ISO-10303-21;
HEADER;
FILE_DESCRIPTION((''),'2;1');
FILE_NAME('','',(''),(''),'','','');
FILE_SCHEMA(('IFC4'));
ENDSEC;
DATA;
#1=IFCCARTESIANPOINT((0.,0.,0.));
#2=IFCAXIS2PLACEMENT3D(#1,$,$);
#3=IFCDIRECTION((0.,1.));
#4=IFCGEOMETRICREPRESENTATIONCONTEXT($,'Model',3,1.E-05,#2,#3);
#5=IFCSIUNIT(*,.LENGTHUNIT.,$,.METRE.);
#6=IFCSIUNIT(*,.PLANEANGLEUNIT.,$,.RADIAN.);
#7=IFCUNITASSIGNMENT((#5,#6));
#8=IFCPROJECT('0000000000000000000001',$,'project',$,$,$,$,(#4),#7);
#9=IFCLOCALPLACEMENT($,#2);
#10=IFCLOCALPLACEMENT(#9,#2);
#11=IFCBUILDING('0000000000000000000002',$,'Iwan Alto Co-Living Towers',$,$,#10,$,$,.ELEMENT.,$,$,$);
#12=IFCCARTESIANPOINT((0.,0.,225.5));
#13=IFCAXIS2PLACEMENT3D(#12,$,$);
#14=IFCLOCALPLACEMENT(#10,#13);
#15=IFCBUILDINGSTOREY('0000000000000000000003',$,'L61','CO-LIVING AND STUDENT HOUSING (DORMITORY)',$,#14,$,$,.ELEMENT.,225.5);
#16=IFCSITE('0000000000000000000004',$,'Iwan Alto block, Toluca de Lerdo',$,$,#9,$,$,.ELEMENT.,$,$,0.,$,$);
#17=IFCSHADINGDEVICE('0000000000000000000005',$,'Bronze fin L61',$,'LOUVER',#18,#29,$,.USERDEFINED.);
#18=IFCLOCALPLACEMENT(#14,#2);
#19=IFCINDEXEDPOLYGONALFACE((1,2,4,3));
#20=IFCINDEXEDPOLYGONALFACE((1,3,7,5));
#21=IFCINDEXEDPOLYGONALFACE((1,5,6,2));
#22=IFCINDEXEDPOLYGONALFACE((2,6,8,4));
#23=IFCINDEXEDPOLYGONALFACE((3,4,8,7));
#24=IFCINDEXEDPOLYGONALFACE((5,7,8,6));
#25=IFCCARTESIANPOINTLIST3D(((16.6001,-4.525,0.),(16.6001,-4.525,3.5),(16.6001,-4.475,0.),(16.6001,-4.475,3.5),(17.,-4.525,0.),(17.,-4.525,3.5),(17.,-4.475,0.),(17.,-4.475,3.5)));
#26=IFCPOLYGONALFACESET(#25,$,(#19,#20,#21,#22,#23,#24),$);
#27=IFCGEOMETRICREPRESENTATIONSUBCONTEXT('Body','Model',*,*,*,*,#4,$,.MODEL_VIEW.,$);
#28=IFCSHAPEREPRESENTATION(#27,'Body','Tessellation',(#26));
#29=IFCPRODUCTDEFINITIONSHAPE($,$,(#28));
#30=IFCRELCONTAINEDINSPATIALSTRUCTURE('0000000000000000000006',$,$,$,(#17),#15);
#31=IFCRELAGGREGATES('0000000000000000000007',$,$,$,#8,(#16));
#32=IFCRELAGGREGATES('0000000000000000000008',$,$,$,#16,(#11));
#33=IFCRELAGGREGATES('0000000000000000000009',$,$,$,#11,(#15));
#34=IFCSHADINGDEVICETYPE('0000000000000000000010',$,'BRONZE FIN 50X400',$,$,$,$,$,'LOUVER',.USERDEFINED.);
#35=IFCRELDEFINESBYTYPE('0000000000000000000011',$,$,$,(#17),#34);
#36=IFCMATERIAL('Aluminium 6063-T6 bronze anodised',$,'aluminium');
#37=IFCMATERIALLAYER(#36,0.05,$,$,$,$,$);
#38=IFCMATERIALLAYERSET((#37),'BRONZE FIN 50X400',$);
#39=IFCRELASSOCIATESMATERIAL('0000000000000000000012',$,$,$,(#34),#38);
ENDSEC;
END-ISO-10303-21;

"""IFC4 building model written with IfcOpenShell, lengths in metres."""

from ifc_helpers import new_model, si_unit, direction, frame, origin, origin_2d, place, context, subcontext, project, spatial, rectangle, extrude, material, layer, layer_set, type_object, element, save


model = new_model("IFC4")

# Units and contexts
model_context = context("Model", 3, precision=1e-05, world=origin(), true_north=direction((0.0, 1.0)))
body_context = subcontext(model_context, "Body", "Model", "MODEL_VIEW")
ifc_project = project(units=[si_unit("LENGTHUNIT", "METRE"), si_unit("PLANEANGLEUNIT", "RADIAN")], contexts=[model_context])

# Site, building, storey
site_placement = place(None, origin())
site = spatial("IfcSite", under=ifc_project, at=site_placement, Name="Iwan Alto block, Toluca de Lerdo", CompositionType="ELEMENT", RefElevation=0.0)
building_placement = place(site_placement, origin())
building = spatial("IfcBuilding", under=site, at=building_placement, Name="Iwan Alto Co-Living Towers", CompositionType="ELEMENT")
storey_placement = place(building_placement, frame((0.0, 0.0, 225.5)))
storey = spatial("IfcBuildingStorey", under=building, at=storey_placement, Name="L61", Description="CO-LIVING AND STUDENT HOUSING (DORMITORY)", CompositionType="ELEMENT", Elevation=225.5)

# Shading device
ifc_material_1 = material(Name="Aluminium 6063-T6 bronze anodised", Category="aluminium")
ifc_layer_1 = layer(ifc_material_1, 0.05)
ifc_layer_set_1 = layer_set([ifc_layer_1], Name="BRONZE FIN 50X400")
shading_device_type = type_object("IfcShadingDeviceType", Name="BRONZE FIN 50X400", ElementType="LOUVER", PredefinedType="USERDEFINED", material=ifc_layer_set_1)
shading_device_placement = place(storey_placement, frame((16.8, -4.5, 0.0), z_axis=(0.0, 0.0, 1.0), x_axis=(0.0, 1.0, 0.0)))
element("IfcShadingDevice", 1, at=shading_device_placement, inside=storey, type_object=shading_device_type, Name="Bronze fin L61", ObjectType="LOUVER", PredefinedType="USERDEFINED", context=body_context, shape_type="SweptSolid", body=[
    extrude(rectangle(XDim=0.05, YDim=0.3999, at=origin_2d()), origin(), (0.0, 0.0, 1.0), 3.5),
])

save(model, "model.ifc")
